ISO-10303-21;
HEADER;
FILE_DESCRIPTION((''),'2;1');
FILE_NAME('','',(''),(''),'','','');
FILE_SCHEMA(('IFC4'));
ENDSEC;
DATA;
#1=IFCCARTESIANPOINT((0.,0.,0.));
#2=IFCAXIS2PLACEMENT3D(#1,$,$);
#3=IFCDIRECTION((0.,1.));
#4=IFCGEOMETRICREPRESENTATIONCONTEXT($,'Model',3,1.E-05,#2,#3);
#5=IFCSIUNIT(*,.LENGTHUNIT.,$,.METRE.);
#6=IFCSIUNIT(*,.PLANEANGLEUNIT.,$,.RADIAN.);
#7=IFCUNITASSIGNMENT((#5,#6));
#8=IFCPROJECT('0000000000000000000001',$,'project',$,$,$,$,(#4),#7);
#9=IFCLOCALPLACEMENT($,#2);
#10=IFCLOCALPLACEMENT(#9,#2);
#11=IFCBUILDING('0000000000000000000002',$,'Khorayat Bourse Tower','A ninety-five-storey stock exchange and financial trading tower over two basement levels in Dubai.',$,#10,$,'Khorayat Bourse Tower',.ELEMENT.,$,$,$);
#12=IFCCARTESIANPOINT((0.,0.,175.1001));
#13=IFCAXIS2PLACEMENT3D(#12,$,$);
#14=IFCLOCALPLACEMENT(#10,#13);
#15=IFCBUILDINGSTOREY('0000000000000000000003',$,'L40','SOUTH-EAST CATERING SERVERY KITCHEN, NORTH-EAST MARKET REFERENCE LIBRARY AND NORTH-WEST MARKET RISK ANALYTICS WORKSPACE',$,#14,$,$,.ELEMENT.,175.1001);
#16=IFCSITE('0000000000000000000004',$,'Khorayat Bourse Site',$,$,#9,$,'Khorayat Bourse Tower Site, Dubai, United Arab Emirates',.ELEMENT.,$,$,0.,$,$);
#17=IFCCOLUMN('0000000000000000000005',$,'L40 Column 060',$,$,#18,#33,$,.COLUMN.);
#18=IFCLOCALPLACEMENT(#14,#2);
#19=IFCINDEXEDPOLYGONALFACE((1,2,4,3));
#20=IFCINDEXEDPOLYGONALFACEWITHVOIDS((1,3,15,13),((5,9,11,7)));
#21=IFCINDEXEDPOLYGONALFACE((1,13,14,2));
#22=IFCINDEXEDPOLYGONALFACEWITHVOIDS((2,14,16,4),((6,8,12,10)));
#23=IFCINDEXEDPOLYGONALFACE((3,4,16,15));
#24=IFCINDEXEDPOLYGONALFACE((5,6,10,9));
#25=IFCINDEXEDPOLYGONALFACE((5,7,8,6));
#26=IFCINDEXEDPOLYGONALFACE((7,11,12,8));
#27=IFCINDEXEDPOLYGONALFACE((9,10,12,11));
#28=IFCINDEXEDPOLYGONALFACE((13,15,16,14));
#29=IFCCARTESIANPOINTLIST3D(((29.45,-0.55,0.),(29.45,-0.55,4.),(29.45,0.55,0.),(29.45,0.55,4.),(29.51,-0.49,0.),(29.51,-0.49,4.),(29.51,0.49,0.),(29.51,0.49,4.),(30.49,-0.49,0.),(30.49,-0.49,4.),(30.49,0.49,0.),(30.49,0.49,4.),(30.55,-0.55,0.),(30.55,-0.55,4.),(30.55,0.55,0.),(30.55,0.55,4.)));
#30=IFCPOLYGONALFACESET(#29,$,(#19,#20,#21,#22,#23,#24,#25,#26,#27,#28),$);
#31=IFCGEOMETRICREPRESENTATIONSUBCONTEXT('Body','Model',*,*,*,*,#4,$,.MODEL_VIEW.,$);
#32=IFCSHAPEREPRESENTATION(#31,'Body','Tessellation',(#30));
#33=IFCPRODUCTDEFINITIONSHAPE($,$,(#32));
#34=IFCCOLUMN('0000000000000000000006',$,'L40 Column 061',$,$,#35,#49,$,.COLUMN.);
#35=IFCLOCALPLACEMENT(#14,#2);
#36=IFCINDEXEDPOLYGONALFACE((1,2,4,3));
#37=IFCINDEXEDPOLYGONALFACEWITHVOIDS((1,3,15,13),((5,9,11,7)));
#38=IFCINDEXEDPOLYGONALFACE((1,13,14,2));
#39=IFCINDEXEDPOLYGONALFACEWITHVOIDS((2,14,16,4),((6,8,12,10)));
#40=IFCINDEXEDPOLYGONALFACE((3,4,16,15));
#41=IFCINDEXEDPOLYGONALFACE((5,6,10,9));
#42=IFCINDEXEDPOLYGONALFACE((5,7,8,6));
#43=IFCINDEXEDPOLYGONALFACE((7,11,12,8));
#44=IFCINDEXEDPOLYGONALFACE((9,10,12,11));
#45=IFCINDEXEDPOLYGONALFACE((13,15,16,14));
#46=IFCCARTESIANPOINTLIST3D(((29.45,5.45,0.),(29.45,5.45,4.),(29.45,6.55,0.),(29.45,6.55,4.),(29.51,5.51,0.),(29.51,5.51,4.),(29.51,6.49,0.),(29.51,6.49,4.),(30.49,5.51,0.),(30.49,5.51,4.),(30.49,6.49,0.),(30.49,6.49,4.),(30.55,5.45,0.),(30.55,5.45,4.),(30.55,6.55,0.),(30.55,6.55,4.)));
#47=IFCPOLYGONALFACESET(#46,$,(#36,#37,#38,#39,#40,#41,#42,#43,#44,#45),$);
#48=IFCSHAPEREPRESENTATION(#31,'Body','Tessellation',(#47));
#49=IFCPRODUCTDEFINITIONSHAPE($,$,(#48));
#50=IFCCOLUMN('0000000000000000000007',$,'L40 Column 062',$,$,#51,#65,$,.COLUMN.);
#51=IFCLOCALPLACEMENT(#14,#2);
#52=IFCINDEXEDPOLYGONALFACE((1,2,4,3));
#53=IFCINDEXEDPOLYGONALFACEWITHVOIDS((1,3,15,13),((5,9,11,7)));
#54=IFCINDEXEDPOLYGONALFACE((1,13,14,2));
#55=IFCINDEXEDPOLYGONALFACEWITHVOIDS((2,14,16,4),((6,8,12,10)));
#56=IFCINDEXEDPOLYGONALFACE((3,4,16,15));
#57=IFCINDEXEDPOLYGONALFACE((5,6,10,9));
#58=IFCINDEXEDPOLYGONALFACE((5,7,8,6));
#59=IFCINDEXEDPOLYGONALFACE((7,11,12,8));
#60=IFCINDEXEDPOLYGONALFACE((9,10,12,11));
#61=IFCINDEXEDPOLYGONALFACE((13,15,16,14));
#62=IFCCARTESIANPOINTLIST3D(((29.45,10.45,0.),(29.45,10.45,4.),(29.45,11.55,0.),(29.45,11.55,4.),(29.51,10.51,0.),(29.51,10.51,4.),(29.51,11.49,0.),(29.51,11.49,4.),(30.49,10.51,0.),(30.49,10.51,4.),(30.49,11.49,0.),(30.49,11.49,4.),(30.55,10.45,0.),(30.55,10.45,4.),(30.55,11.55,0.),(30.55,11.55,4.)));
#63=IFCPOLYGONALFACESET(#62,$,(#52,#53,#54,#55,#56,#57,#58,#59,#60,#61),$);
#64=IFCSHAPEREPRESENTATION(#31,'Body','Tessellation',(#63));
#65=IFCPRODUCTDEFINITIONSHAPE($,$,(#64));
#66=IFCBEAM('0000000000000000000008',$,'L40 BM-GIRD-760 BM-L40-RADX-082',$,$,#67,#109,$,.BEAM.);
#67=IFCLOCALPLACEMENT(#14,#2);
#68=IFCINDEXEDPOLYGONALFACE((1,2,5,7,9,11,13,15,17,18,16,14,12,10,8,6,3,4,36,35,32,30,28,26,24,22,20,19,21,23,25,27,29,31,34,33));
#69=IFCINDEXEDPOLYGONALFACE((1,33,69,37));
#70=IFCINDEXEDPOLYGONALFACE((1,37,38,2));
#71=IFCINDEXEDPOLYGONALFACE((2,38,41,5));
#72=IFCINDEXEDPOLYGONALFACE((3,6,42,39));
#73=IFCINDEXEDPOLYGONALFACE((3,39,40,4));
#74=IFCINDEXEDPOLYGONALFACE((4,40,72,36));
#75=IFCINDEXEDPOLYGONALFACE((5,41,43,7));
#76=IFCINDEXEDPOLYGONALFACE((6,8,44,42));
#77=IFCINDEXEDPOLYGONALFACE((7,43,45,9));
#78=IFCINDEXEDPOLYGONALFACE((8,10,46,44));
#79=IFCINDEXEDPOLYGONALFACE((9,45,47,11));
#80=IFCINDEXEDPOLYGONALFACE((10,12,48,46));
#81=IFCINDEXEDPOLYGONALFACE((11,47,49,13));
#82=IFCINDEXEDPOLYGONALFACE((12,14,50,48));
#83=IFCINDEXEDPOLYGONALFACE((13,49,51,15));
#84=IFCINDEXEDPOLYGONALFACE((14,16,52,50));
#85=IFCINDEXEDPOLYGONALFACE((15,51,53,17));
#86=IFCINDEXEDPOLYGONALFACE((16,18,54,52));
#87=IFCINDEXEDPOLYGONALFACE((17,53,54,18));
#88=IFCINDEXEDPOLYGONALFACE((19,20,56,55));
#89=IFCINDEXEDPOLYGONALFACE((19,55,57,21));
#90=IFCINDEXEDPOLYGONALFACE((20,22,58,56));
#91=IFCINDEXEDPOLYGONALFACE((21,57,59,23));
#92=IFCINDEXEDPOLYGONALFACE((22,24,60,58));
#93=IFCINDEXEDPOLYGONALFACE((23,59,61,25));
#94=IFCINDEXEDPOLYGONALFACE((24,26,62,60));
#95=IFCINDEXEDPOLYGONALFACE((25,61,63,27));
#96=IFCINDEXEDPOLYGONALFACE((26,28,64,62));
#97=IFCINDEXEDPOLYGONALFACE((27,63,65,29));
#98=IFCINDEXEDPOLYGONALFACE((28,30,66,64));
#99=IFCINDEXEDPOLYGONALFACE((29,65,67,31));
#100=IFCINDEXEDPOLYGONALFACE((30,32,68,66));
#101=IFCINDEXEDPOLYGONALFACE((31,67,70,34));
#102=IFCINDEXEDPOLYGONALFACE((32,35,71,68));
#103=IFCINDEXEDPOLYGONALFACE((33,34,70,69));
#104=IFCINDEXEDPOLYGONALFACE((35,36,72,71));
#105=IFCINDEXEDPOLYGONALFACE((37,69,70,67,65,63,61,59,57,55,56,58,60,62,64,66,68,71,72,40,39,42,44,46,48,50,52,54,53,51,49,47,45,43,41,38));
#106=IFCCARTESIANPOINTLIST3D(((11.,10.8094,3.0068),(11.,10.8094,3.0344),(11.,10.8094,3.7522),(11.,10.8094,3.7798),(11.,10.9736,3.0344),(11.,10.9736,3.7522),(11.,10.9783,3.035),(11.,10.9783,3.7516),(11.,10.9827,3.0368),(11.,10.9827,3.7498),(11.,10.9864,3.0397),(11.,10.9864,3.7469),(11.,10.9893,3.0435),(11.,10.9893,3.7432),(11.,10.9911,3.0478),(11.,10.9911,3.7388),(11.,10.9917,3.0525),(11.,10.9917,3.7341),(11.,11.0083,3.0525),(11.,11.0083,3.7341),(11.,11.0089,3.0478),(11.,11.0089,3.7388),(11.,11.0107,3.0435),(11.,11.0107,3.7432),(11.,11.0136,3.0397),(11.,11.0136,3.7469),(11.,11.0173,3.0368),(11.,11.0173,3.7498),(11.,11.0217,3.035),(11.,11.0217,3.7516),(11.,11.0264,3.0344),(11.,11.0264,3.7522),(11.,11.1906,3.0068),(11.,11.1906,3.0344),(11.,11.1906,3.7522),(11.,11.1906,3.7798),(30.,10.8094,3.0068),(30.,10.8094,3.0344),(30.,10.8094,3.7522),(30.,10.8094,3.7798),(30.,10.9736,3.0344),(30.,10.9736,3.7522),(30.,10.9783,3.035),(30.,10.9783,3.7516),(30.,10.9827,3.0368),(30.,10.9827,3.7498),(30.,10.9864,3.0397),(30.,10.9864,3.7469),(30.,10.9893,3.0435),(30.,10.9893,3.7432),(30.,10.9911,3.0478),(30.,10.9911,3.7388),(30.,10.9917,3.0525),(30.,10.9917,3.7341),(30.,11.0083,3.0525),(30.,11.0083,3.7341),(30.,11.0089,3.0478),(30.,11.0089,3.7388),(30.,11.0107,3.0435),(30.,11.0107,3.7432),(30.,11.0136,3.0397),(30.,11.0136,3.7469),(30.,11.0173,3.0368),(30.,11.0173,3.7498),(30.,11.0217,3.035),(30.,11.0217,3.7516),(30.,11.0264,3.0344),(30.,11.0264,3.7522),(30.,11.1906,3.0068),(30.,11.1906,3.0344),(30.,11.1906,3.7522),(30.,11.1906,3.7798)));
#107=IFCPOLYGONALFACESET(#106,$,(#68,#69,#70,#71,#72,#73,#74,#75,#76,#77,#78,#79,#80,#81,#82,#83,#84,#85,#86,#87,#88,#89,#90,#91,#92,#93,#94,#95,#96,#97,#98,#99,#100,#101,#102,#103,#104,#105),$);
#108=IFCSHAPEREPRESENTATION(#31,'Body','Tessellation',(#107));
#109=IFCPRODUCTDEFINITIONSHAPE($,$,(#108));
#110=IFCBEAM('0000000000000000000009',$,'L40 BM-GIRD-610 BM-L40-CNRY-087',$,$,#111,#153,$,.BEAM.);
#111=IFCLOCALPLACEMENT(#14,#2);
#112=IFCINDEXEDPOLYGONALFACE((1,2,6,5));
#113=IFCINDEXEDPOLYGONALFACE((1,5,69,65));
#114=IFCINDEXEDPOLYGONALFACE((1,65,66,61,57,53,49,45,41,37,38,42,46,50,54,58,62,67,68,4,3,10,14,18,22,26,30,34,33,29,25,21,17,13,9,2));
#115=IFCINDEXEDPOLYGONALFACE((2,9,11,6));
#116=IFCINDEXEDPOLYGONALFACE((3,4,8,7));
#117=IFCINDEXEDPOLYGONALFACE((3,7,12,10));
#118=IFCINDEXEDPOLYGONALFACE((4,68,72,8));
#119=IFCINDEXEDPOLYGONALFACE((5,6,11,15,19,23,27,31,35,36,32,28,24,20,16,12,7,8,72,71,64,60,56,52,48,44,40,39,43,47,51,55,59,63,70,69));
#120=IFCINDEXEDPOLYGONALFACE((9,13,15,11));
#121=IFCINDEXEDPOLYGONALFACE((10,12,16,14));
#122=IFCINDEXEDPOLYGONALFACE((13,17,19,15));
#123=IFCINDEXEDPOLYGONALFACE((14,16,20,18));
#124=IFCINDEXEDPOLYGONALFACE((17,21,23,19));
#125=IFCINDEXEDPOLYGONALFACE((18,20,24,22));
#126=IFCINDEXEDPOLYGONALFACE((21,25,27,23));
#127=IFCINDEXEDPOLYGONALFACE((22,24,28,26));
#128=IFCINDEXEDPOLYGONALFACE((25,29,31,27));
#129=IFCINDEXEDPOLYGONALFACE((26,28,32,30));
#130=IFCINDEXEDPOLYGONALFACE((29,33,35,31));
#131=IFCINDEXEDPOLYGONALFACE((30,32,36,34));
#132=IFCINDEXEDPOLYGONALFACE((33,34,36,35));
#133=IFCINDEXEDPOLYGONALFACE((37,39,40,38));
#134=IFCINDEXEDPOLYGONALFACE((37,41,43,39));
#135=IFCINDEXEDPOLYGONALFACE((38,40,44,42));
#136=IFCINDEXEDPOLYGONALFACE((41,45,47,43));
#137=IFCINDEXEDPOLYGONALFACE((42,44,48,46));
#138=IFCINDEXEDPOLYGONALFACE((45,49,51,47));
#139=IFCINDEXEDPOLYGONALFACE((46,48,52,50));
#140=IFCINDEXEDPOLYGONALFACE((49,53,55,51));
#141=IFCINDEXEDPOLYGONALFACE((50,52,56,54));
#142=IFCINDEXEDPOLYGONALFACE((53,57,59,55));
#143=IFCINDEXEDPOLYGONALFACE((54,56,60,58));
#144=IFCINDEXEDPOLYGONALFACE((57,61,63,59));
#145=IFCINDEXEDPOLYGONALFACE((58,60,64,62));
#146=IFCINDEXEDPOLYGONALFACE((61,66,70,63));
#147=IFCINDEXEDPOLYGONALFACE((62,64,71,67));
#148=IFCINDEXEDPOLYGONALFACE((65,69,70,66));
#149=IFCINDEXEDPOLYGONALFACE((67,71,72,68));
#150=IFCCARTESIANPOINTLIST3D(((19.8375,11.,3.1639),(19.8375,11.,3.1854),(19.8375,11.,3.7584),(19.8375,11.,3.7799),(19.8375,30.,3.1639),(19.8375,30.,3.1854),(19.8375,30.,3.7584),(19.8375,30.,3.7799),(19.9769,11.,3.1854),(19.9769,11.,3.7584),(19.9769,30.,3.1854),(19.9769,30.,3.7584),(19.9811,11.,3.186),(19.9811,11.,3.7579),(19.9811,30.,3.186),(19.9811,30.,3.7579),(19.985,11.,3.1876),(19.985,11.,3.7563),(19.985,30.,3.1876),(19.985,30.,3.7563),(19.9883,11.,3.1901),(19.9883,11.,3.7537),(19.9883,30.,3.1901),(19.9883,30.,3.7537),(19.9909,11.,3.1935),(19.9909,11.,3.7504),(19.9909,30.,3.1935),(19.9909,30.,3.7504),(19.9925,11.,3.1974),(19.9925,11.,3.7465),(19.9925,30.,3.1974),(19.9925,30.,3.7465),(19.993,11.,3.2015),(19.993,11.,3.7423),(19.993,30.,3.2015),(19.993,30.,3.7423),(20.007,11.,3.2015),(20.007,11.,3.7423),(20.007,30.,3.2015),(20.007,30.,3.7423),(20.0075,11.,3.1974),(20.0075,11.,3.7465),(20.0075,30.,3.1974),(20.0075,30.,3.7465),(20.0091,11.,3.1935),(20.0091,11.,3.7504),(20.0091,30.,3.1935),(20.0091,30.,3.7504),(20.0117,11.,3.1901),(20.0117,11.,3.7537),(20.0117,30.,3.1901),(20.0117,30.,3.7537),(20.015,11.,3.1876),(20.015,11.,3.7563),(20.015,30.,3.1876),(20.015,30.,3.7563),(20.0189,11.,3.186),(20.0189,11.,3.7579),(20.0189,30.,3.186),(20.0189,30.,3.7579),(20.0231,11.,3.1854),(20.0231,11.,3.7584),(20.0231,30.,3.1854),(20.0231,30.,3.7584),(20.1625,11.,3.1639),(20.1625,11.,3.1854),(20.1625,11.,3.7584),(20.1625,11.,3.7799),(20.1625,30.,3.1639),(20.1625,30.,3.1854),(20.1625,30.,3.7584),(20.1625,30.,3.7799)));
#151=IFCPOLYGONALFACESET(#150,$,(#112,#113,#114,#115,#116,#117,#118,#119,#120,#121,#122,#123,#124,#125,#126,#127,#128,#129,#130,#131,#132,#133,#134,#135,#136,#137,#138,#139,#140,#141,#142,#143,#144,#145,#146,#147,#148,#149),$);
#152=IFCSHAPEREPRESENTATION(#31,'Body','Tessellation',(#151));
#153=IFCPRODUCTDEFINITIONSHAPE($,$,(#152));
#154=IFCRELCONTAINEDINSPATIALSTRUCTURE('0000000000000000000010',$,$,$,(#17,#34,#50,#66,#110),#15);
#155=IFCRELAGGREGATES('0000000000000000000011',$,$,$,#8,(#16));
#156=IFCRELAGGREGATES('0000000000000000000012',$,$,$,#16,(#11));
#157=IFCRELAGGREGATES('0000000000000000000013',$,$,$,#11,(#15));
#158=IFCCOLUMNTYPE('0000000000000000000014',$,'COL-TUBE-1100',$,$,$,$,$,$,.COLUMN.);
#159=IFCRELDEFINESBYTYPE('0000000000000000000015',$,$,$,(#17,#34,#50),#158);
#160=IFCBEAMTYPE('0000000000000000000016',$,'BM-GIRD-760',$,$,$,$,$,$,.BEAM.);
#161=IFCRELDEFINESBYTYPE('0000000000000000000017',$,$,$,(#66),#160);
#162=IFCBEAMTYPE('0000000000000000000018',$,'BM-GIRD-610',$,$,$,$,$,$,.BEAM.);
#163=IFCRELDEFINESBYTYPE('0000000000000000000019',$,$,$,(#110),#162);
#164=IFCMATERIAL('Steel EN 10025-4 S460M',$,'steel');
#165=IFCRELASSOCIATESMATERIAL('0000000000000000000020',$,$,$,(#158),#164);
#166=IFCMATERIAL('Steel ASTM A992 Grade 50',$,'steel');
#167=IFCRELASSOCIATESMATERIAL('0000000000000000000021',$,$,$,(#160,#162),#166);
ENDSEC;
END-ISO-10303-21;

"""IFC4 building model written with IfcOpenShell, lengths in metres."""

from ifc_helpers import new_model, si_unit, direction, frame, origin, origin_2d, place, context, subcontext, project, spatial, hollow_rectangle, i_section, extrude, source, transform, mapped, material, material_profile, profile_set, type_object, element, save


model = new_model("IFC4")

# Units and contexts
model_context = context("Model", 3, precision=1e-05, world=origin(), true_north=direction((0.0, 1.0)))
body_context = subcontext(model_context, "Body", "Model", "MODEL_VIEW")
ifc_project = project(units=[si_unit("LENGTHUNIT", "METRE"), si_unit("PLANEANGLEUNIT", "RADIAN")], contexts=[model_context])

# Site, building, storey
site_placement = place(None, origin())
site = spatial("IfcSite", under=ifc_project, at=site_placement, Name="Khorayat Bourse Site", LongName="Khorayat Bourse Tower Site, Dubai, United Arab Emirates", CompositionType="ELEMENT", RefElevation=0.0)
building_placement = place(site_placement, origin())
building = spatial("IfcBuilding", under=site, at=building_placement, Name="Khorayat Bourse Tower", Description="A ninety-five-storey stock exchange and financial trading tower over two basement levels in Dubai.", LongName="Khorayat Bourse Tower", CompositionType="ELEMENT")
storey_placement = place(building_placement, frame((0.0, 0.0, 175.1001)))
storey = spatial("IfcBuildingStorey", under=building, at=storey_placement, Name="L40", Description="SOUTH-EAST CATERING SERVERY KITCHEN, NORTH-EAST MARKET REFERENCE LIBRARY AND NORTH-WEST MARKET RISK ANALYTICS WORKSPACE", CompositionType="ELEMENT", Elevation=175.1001)

# Columns
ifc_material_1 = material(Name="Steel EN 10025-4 S460M", Category="steel")
ifc_material_profile_1 = material_profile(ifc_material_1, hollow_rectangle(XDim=1.1001, YDim=1.1001, WallThickness=0.0601, at=origin_2d()), Name="BOX 1100x1100x60")
ifc_profile_set_1 = profile_set([ifc_material_profile_1], Name="Steel EN 10025-4 S460M")
column_type = type_object("IfcColumnType", Name="COL-TUBE-1100", PredefinedType="COLUMN", material=ifc_profile_set_1)
shared_shape_1 = source(origin(), body_context, "Body", "SweptSolid", [
    extrude(hollow_rectangle(XDim=1.1001, YDim=1.1001, WallThickness=0.0601, at=origin_2d()), origin(), (0.0, 0.0, 1.0), 4.0),
])
for number, where, z_axis, x_axis, name in (
    (1, (30.0, 0.0, 0.0), (0.0, 0.0, 1.0), (1.0, 0.0, 0.0), "L40 Column 060"),
    (2, (30.0, 6.0, 0.0), (0.0, 0.0, 1.0), (1.0, 0.0, 0.0), "L40 Column 061"),
    (3, (30.0, 11.0, 0.0), (0.0, 0.0, 1.0), (1.0, 0.0, 0.0), "L40 Column 062"),
):
    element("IfcColumn", number, at=place(storey_placement, frame(where, z_axis=z_axis, x_axis=x_axis)), inside=storey, type_object=column_type, Name=name, PredefinedType="COLUMN", context=body_context, shape_type="MappedRepresentation", body=[
        mapped(shared_shape_1, transform((0.0, 0.0, 0.0), scale=1.0)),
    ])

# Beams
ifc_material_2 = material(Name="Steel ASTM A992 Grade 50", Category="steel")
ifc_material_profile_2 = material_profile(ifc_material_2, i_section(OverallWidth=0.3811, OverallDepth=0.7729, WebThickness=0.0166, FlangeThickness=0.0276, FilletRadius=0.0181, at=origin_2d()), Name="W760X257")
ifc_profile_set_2 = profile_set([ifc_material_profile_2], Name="Steel ASTM A992 Grade 50")
beam_type_1 = type_object("IfcBeamType", Name="BM-GIRD-760", PredefinedType="BEAM", material=ifc_profile_set_2)
shared_shape_2 = source(origin(), body_context, "Body", "SweptSolid", [
    extrude(i_section(OverallWidth=0.3811, OverallDepth=0.7729, WebThickness=0.0166, FlangeThickness=0.0276, FilletRadius=0.0181, at=origin_2d()), origin(), (0.0, 0.0, 1.0), 19.0),
])
beam_1_placement = place(storey_placement, frame((11.0, 11.0, 3.3933), z_axis=(1.0, 0.0, 0.0), x_axis=(0.0, 1.0, 0.0)))
element("IfcBeam", 4, at=beam_1_placement, inside=storey, type_object=beam_type_1, Name="L40 BM-GIRD-760 BM-L40-RADX-082", PredefinedType="BEAM", context=body_context, shape_type="MappedRepresentation", body=[
    mapped(shared_shape_2, transform((0.0, 0.0, 0.0), scale=1.0)),
])
ifc_material_profile_3 = material_profile(ifc_material_2, i_section(OverallWidth=0.325, OverallDepth=0.616, WebThickness=0.0139, FlangeThickness=0.0215, FilletRadius=0.0161, at=origin_2d()), Name="W610X174")
ifc_profile_set_3 = profile_set([ifc_material_profile_3], Name="Steel ASTM A992 Grade 50")
beam_type_2 = type_object("IfcBeamType", Name="BM-GIRD-610", PredefinedType="BEAM", material=ifc_profile_set_3)
shared_shape_3 = source(origin(), body_context, "Body", "SweptSolid", [
    extrude(i_section(OverallWidth=0.325, OverallDepth=0.616, WebThickness=0.0139, FlangeThickness=0.0215, FilletRadius=0.0161, at=origin_2d()), origin(), (0.0, 0.0, 1.0), 19.0),
])
beam_2_placement = place(storey_placement, frame((20.0, 11.0, 3.4719), z_axis=(0.0, 1.0, 0.0), x_axis=(-1.0, 0.0, 0.0)))
element("IfcBeam", 5, at=beam_2_placement, inside=storey, type_object=beam_type_2, Name="L40 BM-GIRD-610 BM-L40-CNRY-087", PredefinedType="BEAM", context=body_context, shape_type="MappedRepresentation", body=[
    mapped(shared_shape_3, transform((0.0, 0.0, 0.0), scale=1.0)),
])

save(model, "model.ifc")
